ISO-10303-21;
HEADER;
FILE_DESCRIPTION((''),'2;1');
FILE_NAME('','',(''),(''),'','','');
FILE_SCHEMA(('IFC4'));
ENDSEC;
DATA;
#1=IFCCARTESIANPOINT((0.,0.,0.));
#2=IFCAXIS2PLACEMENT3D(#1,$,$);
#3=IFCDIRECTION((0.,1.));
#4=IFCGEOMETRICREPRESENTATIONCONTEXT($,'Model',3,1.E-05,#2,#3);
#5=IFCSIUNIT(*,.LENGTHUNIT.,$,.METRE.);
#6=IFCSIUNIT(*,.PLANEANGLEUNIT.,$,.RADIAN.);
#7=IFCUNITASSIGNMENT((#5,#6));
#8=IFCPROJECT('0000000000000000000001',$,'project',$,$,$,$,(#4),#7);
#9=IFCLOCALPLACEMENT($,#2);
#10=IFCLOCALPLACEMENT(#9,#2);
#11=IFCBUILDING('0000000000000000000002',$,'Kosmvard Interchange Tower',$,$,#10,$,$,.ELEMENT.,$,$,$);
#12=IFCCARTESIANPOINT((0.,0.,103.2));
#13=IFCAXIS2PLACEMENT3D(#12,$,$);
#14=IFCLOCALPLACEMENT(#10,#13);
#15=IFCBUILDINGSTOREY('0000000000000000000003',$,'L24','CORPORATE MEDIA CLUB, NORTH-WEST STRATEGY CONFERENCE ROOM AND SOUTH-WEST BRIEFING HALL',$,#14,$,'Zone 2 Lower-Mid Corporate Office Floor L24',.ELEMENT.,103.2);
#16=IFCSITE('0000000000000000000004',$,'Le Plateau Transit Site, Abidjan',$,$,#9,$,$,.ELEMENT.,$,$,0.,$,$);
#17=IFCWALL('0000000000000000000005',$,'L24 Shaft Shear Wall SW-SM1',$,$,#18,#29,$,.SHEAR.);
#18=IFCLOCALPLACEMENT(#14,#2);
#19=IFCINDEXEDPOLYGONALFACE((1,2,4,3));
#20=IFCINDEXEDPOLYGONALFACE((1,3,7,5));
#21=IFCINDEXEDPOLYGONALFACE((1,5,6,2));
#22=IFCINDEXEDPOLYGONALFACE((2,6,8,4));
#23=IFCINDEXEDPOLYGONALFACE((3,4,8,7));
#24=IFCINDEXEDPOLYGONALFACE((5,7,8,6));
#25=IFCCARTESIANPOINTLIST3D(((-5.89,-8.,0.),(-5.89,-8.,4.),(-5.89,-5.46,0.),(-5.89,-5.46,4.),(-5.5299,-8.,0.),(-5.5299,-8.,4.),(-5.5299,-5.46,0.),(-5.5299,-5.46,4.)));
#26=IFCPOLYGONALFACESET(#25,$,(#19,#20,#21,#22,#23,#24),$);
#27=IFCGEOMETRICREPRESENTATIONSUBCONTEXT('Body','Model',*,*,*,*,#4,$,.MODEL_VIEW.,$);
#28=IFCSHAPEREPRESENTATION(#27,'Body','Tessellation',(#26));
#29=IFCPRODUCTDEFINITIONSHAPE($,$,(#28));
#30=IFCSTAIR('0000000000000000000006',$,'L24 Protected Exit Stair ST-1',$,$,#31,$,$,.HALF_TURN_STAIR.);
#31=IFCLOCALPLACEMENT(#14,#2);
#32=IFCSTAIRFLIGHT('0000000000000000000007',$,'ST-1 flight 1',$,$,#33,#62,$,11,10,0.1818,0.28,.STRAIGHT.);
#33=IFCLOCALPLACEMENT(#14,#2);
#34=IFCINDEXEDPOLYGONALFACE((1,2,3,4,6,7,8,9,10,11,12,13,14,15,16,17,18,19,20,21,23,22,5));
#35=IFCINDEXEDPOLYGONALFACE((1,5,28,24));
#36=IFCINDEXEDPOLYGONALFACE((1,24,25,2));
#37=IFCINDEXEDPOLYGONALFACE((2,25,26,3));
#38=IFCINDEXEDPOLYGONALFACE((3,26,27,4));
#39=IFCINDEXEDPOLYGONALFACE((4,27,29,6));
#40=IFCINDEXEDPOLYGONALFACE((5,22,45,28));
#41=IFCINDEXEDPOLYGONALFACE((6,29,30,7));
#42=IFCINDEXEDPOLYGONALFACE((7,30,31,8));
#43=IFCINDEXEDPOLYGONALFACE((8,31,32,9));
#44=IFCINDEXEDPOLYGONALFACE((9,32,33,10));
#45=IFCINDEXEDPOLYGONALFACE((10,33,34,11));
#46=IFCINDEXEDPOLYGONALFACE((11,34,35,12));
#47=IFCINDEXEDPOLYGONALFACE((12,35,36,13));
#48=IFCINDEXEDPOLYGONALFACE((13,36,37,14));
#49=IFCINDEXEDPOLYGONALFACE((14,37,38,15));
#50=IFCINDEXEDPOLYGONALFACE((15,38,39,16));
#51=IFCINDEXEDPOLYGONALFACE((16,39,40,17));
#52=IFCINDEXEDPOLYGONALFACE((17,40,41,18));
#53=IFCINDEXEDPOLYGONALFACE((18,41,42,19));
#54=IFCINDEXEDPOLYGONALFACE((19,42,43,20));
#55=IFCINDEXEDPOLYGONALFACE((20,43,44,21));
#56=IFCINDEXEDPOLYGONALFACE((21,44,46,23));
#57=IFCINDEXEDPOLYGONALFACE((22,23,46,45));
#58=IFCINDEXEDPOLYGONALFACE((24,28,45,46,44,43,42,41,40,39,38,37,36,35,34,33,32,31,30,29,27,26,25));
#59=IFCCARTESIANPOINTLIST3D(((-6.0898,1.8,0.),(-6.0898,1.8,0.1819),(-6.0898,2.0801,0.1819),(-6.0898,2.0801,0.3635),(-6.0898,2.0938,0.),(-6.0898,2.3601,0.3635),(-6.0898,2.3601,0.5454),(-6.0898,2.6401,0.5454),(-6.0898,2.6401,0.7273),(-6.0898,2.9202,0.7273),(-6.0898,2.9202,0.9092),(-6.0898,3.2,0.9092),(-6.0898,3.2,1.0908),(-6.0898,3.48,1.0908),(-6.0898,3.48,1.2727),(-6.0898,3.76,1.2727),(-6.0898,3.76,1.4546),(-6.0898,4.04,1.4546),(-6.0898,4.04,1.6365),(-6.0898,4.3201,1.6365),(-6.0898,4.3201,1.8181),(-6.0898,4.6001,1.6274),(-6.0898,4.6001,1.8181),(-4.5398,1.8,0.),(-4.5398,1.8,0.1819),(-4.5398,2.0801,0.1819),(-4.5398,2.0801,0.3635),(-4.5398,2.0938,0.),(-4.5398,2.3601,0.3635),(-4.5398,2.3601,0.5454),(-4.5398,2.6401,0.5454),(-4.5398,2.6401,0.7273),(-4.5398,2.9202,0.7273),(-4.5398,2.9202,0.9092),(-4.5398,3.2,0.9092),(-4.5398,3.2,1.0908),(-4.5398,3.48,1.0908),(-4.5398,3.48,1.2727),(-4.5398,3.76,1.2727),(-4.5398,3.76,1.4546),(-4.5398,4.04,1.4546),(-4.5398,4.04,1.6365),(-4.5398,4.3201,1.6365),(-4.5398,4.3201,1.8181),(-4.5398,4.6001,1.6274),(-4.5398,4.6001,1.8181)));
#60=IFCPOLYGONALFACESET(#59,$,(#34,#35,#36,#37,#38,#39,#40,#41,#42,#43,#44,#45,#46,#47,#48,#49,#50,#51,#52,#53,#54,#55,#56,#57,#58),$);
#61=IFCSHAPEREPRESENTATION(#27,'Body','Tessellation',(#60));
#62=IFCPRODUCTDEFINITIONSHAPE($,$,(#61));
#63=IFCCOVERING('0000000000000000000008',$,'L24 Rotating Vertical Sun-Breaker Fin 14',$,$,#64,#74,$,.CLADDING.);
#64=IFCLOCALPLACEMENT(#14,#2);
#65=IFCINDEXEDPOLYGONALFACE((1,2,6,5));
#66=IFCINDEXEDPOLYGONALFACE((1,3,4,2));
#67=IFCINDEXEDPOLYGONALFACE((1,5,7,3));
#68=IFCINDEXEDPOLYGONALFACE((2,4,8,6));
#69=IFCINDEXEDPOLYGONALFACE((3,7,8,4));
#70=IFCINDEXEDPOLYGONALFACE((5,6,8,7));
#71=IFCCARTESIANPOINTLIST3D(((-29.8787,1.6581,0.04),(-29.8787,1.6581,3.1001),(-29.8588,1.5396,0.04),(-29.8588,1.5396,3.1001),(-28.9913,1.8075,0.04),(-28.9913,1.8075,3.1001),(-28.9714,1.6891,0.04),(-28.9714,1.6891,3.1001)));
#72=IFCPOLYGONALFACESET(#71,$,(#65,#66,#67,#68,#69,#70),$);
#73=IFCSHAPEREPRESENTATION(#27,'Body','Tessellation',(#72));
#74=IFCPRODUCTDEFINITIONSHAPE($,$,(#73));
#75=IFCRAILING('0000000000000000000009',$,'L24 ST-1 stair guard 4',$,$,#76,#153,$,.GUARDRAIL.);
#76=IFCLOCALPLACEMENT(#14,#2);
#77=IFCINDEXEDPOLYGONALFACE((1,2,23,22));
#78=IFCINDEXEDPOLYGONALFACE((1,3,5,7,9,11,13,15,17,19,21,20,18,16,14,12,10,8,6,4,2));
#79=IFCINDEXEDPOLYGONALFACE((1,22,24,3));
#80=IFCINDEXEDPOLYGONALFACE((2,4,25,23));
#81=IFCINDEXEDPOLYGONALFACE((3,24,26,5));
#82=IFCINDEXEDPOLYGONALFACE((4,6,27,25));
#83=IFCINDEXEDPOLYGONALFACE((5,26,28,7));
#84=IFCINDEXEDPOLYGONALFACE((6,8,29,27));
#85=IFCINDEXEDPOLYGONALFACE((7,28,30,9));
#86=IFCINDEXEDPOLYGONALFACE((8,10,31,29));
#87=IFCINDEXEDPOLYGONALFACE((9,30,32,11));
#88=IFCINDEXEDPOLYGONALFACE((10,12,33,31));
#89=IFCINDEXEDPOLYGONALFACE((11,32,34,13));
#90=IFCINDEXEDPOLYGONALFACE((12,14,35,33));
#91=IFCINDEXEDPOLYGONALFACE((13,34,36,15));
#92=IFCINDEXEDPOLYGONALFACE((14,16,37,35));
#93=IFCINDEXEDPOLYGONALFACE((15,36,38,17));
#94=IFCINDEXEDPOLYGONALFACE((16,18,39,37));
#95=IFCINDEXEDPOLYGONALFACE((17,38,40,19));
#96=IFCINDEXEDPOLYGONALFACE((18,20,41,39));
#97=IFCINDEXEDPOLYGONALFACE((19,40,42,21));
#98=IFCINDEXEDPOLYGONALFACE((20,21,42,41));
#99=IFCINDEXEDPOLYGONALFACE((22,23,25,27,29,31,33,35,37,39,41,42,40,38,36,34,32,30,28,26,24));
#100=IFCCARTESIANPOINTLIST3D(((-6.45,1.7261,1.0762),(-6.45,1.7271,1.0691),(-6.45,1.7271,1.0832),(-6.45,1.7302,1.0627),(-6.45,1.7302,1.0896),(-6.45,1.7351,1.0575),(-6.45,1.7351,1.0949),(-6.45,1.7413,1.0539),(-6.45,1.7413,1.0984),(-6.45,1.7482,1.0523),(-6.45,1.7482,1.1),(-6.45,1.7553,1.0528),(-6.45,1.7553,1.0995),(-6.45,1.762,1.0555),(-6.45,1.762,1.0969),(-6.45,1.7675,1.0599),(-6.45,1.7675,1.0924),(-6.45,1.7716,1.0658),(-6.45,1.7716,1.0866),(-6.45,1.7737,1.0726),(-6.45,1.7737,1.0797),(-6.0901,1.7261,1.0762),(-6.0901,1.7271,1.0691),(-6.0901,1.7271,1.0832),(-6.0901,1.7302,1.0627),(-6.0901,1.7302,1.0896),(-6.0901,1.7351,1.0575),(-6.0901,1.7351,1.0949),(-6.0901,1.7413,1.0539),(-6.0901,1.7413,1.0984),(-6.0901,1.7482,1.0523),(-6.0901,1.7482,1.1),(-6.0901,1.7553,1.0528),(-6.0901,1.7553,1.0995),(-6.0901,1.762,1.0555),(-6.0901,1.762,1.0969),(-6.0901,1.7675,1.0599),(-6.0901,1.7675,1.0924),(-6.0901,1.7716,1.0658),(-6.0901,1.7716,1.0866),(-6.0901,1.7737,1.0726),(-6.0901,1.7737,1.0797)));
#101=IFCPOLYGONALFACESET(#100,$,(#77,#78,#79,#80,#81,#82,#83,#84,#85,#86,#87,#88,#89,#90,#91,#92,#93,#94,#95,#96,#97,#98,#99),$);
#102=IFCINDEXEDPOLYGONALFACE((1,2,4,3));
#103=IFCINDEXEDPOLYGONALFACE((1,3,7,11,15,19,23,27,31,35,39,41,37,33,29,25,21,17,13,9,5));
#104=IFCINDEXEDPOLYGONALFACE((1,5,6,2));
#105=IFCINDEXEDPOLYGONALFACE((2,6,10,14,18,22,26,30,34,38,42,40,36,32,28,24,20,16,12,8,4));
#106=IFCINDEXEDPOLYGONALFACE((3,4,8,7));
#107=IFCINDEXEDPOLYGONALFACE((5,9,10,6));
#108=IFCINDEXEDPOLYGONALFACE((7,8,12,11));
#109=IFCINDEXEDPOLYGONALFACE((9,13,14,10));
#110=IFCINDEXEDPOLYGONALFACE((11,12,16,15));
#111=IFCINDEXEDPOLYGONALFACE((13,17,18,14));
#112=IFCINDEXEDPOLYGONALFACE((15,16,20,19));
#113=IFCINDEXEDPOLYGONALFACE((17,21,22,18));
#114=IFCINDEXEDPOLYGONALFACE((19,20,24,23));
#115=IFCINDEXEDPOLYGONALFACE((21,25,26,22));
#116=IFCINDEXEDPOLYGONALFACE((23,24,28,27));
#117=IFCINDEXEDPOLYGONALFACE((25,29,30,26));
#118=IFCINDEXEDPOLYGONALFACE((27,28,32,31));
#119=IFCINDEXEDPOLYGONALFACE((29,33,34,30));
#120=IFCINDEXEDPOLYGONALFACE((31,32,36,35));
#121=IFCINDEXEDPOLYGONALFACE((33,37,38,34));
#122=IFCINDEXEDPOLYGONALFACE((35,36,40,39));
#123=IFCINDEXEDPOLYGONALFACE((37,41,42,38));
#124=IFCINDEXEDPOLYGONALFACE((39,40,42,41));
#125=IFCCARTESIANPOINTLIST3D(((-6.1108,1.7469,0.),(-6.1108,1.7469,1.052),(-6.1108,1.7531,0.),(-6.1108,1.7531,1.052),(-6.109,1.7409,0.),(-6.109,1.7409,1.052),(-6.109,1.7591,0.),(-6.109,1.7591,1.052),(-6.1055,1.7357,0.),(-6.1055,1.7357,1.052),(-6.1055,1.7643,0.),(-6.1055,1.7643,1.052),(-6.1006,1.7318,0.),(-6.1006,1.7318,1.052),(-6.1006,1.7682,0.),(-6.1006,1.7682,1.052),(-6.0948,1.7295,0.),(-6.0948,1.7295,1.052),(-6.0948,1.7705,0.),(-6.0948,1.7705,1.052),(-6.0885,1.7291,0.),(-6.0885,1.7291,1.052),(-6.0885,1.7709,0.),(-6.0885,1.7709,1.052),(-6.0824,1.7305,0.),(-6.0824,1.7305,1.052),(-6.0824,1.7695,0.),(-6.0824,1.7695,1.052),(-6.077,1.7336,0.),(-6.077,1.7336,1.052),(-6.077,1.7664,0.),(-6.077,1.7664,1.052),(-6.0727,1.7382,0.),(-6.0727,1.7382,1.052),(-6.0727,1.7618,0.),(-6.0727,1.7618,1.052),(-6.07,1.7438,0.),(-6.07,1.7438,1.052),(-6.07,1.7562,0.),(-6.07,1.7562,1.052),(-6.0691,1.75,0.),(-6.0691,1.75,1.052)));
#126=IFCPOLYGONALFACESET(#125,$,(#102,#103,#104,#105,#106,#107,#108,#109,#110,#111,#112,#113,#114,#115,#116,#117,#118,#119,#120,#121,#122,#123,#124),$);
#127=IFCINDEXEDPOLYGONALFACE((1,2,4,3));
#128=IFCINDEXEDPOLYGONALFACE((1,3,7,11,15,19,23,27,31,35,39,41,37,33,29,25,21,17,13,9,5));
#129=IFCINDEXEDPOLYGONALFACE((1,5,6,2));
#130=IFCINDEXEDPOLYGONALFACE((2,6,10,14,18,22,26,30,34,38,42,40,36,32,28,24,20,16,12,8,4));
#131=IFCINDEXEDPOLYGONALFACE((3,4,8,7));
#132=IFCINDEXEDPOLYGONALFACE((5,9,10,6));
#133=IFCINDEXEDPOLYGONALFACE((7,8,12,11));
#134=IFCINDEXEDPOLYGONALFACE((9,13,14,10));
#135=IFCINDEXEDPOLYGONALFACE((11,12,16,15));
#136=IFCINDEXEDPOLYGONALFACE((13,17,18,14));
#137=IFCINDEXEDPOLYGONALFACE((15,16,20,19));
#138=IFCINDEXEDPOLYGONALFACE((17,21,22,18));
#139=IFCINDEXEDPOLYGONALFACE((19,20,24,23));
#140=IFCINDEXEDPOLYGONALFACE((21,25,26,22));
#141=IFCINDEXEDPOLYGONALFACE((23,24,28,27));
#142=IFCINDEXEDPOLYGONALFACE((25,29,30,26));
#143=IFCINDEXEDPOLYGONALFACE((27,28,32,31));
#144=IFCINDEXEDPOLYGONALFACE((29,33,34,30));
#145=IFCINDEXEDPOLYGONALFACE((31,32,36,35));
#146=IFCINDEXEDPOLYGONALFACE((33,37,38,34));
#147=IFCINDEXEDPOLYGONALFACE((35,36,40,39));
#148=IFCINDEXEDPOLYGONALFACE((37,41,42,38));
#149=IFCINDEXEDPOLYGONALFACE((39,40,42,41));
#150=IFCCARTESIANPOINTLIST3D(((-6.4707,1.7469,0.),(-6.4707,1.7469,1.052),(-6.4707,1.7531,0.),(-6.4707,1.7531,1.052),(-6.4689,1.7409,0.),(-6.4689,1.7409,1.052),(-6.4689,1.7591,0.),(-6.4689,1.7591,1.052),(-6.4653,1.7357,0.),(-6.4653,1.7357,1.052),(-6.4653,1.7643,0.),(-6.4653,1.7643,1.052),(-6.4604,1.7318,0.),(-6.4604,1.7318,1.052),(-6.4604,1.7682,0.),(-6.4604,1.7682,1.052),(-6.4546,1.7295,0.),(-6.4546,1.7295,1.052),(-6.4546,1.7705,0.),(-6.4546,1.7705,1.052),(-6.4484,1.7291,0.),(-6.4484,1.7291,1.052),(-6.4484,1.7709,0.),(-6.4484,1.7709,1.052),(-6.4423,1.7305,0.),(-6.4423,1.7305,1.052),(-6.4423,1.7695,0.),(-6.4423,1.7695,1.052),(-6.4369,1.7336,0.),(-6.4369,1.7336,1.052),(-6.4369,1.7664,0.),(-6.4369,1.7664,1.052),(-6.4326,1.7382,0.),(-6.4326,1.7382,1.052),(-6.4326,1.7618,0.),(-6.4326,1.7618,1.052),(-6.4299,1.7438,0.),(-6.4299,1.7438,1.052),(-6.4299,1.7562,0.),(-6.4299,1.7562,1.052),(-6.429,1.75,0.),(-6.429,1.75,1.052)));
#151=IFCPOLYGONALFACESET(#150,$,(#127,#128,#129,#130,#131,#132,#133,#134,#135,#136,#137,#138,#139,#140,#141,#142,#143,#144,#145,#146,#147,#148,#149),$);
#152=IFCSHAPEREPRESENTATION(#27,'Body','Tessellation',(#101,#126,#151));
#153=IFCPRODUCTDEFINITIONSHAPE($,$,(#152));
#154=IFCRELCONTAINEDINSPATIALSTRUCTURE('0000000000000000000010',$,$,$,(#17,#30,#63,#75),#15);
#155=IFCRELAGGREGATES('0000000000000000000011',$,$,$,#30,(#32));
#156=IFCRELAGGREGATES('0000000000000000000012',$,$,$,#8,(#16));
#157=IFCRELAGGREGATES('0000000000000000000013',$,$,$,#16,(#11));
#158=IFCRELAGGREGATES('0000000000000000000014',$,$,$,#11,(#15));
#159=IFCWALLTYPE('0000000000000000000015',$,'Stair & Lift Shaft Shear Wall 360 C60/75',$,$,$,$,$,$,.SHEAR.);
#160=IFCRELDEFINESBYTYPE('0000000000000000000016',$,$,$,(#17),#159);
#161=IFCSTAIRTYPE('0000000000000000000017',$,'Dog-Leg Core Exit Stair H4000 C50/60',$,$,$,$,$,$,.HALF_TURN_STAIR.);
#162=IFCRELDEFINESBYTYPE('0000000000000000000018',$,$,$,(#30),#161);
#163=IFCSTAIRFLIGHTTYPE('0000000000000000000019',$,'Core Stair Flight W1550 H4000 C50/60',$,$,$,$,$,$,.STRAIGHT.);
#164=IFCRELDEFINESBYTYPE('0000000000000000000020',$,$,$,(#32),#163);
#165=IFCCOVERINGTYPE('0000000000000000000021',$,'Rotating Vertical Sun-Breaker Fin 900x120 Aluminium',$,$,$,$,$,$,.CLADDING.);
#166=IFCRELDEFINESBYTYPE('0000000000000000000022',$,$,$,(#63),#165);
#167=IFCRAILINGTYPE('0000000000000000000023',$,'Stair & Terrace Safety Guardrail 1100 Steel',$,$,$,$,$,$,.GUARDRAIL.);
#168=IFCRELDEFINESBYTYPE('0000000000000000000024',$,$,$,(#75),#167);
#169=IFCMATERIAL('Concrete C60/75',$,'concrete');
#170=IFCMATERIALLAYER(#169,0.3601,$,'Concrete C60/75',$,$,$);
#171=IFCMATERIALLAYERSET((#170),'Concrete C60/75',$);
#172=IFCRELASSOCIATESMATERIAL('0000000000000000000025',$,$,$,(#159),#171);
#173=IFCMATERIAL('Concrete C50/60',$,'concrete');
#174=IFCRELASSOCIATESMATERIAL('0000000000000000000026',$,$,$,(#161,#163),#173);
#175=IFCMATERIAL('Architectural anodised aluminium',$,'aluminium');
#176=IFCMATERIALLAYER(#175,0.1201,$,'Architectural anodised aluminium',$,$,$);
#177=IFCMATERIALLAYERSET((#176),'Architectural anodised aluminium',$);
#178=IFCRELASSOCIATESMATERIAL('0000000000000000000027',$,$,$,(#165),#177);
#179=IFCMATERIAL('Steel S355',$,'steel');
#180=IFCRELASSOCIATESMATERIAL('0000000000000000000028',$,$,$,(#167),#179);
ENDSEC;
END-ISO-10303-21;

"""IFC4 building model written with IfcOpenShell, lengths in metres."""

from ifc_helpers import new_model, si_unit, direction, frame, frame_2d, origin, origin_2d, place, context, subcontext, project, spatial, polyline, rectangle, circle, outline, extrude, source, transform, mapped, material, layer, layer_set, type_object, element, aggregate, save


model = new_model("IFC4")

# Units and contexts
model_context = context("Model", 3, precision=1e-05, world=origin(), true_north=direction((0.0, 1.0)))
body_context = subcontext(model_context, "Body", "Model", "MODEL_VIEW")
ifc_project = project(units=[si_unit("LENGTHUNIT", "METRE"), si_unit("PLANEANGLEUNIT", "RADIAN")], contexts=[model_context])

# Site, building, storey
site_placement = place(None, origin())
site = spatial("IfcSite", under=ifc_project, at=site_placement, Name="Le Plateau Transit Site, Abidjan", CompositionType="ELEMENT", RefElevation=0.0)
building_placement = place(site_placement, origin())
building = spatial("IfcBuilding", under=site, at=building_placement, Name="Kosmvard Interchange Tower", CompositionType="ELEMENT")
storey_placement = place(building_placement, frame((0.0, 0.0, 103.2)))
storey = spatial("IfcBuildingStorey", under=building, at=storey_placement, Name="L24", Description="CORPORATE MEDIA CLUB, NORTH-WEST STRATEGY CONFERENCE ROOM AND SOUTH-WEST BRIEFING HALL", LongName="Zone 2 Lower-Mid Corporate Office Floor L24", CompositionType="ELEMENT", Elevation=103.2)

# Shared definitions
ifc_material_1 = material(Name="Concrete C60/75", Category="concrete")

# Shared definitions
ifc_material_2 = material(Name="Steel S355", Category="steel")

# Shared definitions
ifc_layer_1 = layer(ifc_material_1, 0.3601, Name="Concrete C60/75")
ifc_layer_set_1 = layer_set([ifc_layer_1], Name="Concrete C60/75")
wall_type_1 = type_object("IfcWallType", Name="Stair & Lift Shaft Shear Wall 360 C60/75", PredefinedType="SHEAR", material=ifc_layer_set_1)

# Wall
wall_1_placement = place(storey_placement, frame((-5.71, -8.0, 0.0), z_axis=(0.0, 0.0, 1.0), x_axis=(0.0, 1.0, 0.0)))
element("IfcWall", 1, at=wall_1_placement, inside=storey, type_object=wall_type_1, Name="L24 Shaft Shear Wall SW-SM1", PredefinedType="SHEAR", context=body_context, shape_type="SweptSolid", body=[
    extrude(rectangle(XDim=2.54, YDim=0.3601, at=frame_2d((1.27, 0.0))), origin(), (0.0, 0.0, 1.0), 4.0),
])

# Stair, stair flight
ifc_material_3 = material(Name="Concrete C50/60", Category="concrete")
stair_type = type_object("IfcStairType", Name="Dog-Leg Core Exit Stair H4000 C50/60", PredefinedType="HALF_TURN_STAIR", material=ifc_material_3)
stair_placement = place(storey_placement, origin())
stair = element("IfcStair", 2, at=stair_placement, inside=storey, type_object=stair_type, Name="L24 Protected Exit Stair ST-1", PredefinedType="HALF_TURN_STAIR")
stair_flight_type = type_object("IfcStairFlightType", Name="Core Stair Flight W1550 H4000 C50/60", PredefinedType="STRAIGHT", material=ifc_material_3)
shared_shape_1 = source(origin(), body_context, "Body", "SweptSolid", [
    extrude(outline(polyline([(0.0, 0.0), (0.0, 0.1819), (0.28, 0.1819), (0.28, 0.3635), (0.5601, 0.3635), (0.5601, 0.5454), (0.8401, 0.5454), (0.8401, 0.7273), (1.1201, 0.7273), (1.1201, 0.9092), (1.3999, 0.9092), (1.3999, 1.0908), (1.6799, 1.0908), (1.6799, 1.2727), (1.96, 1.2727), (1.96, 1.4546), (2.24, 1.4546), (2.24, 1.6365), (2.52, 1.6365), (2.52, 1.8181), (2.8, 1.8181), (2.8, 2.0), (2.8, 1.6274), (0.2937, 0.0), (0.0, 0.0)])), frame((0.0, 0.7749, 0.0), z_axis=(0.0, -1.0, 0.0), x_axis=(1.0, 0.0, 0.0)), (0.0, 0.0, 1.0), 1.55),
])
stair_flight_placement = place(storey_placement, frame((-5.3149, 1.8, 0.0), z_axis=(0.0, 0.0, 1.0), x_axis=(0.0, 1.0, 0.0)))
stair_flight = element("IfcStairFlight", 3, at=stair_flight_placement, type_object=stair_flight_type, Name="ST-1 flight 1", NumberOfRisers=11, NumberOfTreads=10, PredefinedType="STRAIGHT", RiserHeight=0.1818, TreadLength=0.28, context=body_context, shape_type="MappedRepresentation", body=[
    mapped(shared_shape_1, transform((0.0, 0.0, 0.0), scale=1.0)),
])
aggregate(stair, [stair_flight])

# Covering
ifc_material_4 = material(Name="Architectural anodised aluminium", Category="aluminium")
ifc_layer_2 = layer(ifc_material_4, 0.1201, Name="Architectural anodised aluminium")
ifc_layer_set_2 = layer_set([ifc_layer_2], Name="Architectural anodised aluminium")
covering_type = type_object("IfcCoveringType", Name="Rotating Vertical Sun-Breaker Fin 900x120 Aluminium", PredefinedType="CLADDING", material=ifc_layer_set_2)
shared_shape_2 = source(origin(), body_context, "Body", "SweptSolid", [
    extrude(rectangle(XDim=0.8999, YDim=0.1201, at=origin_2d()), origin(), (0.0, 0.0, 1.0), 3.0601),
])
covering_placement = place(storey_placement, frame((-29.425, 1.6736, 0.04), z_axis=(0.0, 0.0, 1.0), x_axis=(-0.986112, -0.16608, 0.0)))
element("IfcCovering", 4, at=covering_placement, inside=storey, type_object=covering_type, Name="L24 Rotating Vertical Sun-Breaker Fin 14", PredefinedType="CLADDING", context=body_context, shape_type="MappedRepresentation", body=[
    mapped(shared_shape_2, transform((0.0, 0.0, 0.0), scale=1.0)),
])

# Railing
railing_type = type_object("IfcRailingType", Name="Stair & Terrace Safety Guardrail 1100 Steel", PredefinedType="GUARDRAIL", material=ifc_material_2)
shared_shape_3 = source(origin(), body_context, "Body", "SweptSolid", [
    extrude(circle(Radius=0.0239, at=origin_2d()), frame((0.0, 0.0, 1.0762), z_axis=(-1.0, 0.0, 0.0), x_axis=(0.0, -1.0, 0.0)), (0.0, 0.0, 1.0), 0.3599),
    extrude(circle(Radius=0.021, at=origin_2d()), origin(), (0.0, 0.0, 1.0), 1.052),
    extrude(circle(Radius=0.021, at=origin_2d()), frame((-0.3599, 0.0, 0.0)), (0.0, 0.0, 1.0), 1.052),
])
railing_1_placement = place(storey_placement, frame((-6.0901, 1.75, 0.0)))
element("IfcRailing", 5, at=railing_1_placement, inside=storey, type_object=railing_type, Name="L24 ST-1 stair guard 4", PredefinedType="GUARDRAIL", context=body_context, shape_type="MappedRepresentation", body=[
    mapped(shared_shape_3, transform((0.0, 0.0, 0.0), scale=1.0)),
])

save(model, "model.ifc")
